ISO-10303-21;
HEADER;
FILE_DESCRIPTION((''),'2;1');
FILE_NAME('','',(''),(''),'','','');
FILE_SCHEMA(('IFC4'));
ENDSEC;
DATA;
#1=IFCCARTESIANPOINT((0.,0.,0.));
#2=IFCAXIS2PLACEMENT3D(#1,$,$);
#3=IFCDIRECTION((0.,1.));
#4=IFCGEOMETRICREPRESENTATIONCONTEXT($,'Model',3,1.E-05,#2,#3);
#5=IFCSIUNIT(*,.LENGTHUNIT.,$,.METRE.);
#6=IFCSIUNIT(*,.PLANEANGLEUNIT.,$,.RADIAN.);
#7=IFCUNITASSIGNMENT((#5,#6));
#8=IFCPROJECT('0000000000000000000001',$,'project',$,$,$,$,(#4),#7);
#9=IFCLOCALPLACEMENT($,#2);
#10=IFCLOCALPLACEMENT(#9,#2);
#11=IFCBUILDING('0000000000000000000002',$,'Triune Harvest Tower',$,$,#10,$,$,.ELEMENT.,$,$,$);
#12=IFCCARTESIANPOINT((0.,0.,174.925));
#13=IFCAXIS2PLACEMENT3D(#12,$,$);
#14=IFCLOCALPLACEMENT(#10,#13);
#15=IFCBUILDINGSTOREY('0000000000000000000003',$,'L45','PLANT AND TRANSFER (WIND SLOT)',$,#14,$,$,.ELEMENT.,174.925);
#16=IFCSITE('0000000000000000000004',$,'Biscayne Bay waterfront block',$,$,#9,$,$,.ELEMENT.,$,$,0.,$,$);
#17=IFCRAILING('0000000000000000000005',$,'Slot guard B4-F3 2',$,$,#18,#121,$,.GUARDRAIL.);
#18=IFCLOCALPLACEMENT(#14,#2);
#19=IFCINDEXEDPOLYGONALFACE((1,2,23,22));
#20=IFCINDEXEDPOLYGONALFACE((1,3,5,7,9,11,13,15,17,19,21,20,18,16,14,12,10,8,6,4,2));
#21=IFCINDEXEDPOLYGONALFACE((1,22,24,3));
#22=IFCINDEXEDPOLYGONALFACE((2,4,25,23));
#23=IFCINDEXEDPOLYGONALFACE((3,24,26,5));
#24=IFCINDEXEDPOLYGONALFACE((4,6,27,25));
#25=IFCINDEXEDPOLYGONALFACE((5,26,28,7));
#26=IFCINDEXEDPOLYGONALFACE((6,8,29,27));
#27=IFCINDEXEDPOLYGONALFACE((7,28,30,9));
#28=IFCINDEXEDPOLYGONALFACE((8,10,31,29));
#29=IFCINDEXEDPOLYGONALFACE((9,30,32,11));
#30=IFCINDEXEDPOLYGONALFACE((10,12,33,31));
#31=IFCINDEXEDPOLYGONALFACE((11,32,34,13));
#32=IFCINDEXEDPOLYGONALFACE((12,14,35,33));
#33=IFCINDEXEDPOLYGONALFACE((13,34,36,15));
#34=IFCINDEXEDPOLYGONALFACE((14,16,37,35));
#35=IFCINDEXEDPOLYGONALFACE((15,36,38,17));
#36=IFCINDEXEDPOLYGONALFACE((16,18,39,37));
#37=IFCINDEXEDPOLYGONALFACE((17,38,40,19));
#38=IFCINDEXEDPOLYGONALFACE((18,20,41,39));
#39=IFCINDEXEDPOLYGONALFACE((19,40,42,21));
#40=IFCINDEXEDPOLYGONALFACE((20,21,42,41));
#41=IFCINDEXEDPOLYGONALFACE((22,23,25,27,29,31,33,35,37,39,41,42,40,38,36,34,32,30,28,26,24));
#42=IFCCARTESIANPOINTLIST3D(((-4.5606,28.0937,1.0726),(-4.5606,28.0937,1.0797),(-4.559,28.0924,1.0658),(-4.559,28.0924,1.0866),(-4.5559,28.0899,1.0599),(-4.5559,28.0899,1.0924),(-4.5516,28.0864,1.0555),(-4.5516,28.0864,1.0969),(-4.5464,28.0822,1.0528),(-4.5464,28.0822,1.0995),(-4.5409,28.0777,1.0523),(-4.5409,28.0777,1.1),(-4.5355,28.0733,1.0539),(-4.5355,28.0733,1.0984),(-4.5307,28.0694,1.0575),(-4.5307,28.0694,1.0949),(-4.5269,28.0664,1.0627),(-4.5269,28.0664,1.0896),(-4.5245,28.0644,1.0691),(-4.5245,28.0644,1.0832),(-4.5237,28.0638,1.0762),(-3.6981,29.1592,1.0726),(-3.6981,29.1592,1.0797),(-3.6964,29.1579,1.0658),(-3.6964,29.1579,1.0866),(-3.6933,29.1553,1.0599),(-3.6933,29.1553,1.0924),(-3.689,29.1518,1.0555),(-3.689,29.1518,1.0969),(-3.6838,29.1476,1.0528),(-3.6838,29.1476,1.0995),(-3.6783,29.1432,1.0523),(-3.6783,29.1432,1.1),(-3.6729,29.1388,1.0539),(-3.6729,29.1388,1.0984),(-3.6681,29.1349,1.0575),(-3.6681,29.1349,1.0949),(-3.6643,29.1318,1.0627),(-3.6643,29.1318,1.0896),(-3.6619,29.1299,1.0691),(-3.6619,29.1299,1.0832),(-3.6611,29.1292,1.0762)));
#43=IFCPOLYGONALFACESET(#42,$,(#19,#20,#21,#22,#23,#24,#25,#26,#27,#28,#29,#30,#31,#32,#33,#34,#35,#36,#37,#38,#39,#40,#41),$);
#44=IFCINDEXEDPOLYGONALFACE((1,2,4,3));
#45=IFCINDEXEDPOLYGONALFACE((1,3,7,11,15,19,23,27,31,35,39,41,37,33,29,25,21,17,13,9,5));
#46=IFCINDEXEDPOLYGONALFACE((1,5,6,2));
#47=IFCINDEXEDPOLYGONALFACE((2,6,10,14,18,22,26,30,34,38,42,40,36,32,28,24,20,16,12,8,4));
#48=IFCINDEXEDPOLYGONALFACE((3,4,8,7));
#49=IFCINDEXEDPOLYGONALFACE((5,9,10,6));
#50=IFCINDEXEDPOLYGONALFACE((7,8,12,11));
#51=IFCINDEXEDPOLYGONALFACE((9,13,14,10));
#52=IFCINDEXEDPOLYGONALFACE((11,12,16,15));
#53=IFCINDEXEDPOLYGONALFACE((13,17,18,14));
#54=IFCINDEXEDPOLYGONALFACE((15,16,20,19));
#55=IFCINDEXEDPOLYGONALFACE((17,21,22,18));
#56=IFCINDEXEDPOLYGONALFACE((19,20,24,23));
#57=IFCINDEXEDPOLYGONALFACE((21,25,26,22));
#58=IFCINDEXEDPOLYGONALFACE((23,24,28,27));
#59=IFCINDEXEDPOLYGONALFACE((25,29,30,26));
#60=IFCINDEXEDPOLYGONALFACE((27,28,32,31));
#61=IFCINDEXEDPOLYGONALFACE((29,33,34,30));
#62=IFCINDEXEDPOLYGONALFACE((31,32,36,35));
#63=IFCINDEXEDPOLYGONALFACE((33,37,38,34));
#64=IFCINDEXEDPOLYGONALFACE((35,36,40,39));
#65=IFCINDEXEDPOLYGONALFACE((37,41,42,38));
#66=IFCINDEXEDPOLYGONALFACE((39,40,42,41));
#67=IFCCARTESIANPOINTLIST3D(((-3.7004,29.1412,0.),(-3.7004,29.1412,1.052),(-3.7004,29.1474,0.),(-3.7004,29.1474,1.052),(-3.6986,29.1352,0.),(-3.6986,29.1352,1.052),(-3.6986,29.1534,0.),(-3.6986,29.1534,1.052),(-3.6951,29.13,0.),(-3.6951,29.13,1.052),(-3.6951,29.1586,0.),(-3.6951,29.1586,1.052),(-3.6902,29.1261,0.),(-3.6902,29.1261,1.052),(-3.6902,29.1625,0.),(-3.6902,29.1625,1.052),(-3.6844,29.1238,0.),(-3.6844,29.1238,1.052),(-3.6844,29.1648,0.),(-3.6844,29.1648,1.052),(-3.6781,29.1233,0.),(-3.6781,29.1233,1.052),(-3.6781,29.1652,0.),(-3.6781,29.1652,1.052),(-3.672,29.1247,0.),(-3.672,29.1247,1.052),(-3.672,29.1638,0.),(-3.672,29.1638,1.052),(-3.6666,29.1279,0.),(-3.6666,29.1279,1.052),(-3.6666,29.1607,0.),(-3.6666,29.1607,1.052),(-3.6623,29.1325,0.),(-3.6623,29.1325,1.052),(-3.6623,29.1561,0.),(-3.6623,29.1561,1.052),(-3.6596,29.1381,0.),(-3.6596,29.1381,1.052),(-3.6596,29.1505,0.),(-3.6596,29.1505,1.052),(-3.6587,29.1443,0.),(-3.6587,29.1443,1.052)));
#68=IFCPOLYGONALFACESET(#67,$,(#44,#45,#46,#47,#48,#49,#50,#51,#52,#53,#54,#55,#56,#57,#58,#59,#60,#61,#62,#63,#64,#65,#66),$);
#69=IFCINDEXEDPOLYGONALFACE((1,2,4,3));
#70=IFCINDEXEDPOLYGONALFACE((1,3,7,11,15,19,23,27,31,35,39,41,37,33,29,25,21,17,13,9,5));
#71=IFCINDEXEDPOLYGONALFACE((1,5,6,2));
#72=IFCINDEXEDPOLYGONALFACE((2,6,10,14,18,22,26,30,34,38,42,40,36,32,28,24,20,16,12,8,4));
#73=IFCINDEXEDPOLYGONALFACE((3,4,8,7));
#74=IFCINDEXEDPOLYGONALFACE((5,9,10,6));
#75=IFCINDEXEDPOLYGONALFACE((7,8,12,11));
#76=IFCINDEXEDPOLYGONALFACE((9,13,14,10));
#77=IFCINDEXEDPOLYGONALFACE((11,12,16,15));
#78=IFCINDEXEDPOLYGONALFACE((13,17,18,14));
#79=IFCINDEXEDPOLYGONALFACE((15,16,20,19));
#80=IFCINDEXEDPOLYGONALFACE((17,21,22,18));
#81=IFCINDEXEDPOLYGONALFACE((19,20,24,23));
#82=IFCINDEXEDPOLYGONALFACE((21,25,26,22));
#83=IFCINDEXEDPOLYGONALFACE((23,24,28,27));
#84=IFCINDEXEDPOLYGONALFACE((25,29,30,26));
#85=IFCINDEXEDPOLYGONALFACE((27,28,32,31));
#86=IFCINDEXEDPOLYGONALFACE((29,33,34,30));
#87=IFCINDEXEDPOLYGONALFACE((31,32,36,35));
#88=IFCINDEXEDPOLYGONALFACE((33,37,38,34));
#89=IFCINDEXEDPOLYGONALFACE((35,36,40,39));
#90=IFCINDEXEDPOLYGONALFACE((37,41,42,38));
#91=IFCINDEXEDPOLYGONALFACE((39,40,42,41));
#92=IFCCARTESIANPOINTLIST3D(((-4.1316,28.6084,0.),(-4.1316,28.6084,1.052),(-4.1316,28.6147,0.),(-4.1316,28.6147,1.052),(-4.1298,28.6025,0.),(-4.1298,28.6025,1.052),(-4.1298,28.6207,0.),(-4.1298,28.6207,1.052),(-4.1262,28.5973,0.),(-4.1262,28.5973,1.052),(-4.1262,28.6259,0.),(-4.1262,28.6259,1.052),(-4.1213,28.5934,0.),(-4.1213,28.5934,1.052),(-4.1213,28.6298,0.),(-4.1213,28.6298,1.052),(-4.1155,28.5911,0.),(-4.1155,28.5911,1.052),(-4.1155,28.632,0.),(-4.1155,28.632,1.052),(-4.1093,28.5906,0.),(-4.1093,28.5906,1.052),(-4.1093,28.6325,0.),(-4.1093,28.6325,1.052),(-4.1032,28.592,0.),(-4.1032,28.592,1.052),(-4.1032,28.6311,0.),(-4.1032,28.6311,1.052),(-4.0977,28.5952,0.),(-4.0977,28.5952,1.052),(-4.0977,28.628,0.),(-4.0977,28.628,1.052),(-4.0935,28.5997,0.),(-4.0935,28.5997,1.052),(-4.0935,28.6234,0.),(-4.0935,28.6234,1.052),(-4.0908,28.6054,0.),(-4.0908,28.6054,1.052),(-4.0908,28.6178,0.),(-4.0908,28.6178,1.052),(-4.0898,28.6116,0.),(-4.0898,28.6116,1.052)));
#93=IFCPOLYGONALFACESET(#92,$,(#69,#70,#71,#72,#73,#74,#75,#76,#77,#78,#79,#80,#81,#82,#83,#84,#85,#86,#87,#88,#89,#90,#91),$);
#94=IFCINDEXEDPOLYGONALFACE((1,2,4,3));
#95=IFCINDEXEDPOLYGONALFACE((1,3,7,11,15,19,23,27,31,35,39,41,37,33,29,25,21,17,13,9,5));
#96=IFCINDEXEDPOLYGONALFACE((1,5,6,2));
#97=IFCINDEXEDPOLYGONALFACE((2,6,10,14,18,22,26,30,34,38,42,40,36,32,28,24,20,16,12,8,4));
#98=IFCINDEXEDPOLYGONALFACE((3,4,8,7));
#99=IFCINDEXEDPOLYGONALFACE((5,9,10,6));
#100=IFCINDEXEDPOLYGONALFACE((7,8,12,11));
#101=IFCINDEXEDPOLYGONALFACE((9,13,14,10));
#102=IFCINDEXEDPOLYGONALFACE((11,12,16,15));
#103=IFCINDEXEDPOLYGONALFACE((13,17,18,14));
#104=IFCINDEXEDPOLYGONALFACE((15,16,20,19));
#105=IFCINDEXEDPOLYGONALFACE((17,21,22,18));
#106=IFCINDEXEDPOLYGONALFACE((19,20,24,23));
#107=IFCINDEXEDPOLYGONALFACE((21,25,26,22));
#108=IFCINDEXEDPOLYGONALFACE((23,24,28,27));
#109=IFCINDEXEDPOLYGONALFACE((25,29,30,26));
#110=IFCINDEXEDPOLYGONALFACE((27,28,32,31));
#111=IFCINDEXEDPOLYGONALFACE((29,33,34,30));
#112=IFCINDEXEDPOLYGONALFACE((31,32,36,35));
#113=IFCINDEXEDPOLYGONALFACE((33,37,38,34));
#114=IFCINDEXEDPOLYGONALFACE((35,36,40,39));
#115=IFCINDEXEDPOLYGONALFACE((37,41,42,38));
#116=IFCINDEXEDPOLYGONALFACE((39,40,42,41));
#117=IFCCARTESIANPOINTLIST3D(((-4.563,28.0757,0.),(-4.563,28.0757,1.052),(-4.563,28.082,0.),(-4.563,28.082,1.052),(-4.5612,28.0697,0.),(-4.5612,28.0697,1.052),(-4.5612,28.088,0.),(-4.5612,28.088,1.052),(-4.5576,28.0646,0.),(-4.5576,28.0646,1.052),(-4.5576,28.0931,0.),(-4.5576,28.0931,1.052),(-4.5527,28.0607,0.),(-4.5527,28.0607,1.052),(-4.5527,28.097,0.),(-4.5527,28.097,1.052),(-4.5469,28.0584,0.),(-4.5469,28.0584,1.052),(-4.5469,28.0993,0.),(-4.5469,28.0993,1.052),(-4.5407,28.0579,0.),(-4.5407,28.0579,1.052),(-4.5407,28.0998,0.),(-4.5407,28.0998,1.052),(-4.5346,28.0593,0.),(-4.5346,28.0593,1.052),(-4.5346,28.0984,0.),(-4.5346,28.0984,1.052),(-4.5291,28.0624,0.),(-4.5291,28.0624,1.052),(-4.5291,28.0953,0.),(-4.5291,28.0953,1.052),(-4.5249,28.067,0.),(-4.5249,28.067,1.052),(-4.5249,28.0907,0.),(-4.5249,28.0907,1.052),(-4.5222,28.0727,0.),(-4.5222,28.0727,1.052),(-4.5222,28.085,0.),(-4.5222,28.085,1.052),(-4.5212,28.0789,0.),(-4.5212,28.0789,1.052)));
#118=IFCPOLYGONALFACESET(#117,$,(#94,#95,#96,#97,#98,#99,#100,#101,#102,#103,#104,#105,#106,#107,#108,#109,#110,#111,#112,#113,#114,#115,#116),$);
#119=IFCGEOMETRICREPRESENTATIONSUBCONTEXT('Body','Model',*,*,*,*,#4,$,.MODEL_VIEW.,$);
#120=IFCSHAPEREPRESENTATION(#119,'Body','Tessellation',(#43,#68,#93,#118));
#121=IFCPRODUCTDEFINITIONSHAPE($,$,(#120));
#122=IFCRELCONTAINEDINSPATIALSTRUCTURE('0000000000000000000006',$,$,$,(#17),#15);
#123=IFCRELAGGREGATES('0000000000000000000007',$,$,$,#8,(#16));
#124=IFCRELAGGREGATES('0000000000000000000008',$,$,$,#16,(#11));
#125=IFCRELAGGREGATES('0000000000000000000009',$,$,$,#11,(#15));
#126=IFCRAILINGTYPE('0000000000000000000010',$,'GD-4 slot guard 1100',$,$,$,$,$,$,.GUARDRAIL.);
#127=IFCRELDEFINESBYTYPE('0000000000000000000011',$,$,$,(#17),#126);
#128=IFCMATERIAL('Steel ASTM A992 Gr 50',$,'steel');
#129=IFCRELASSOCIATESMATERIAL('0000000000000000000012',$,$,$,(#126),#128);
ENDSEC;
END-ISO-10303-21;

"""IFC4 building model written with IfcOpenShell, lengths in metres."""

from ifc_helpers import new_model, si_unit, direction, frame, origin, origin_2d, place, context, subcontext, project, spatial, circle, extrude, material, type_object, element, save


model = new_model("IFC4")

# Units and contexts
model_context = context("Model", 3, precision=1e-05, world=origin(), true_north=direction((0.0, 1.0)))
body_context = subcontext(model_context, "Body", "Model", "MODEL_VIEW")
ifc_project = project(units=[si_unit("LENGTHUNIT", "METRE"), si_unit("PLANEANGLEUNIT", "RADIAN")], contexts=[model_context])

# Site, building, storey
site_placement = place(None, origin())
site = spatial("IfcSite", under=ifc_project, at=site_placement, Name="Biscayne Bay waterfront block", CompositionType="ELEMENT", RefElevation=0.0)
building_placement = place(site_placement, origin())
building = spatial("IfcBuilding", under=site, at=building_placement, Name="Triune Harvest Tower", CompositionType="ELEMENT")
storey_placement = place(building_placement, frame((0.0, 0.0, 174.925)))
storey = spatial("IfcBuildingStorey", under=building, at=storey_placement, Name="L45", Description="PLANT AND TRANSFER (WIND SLOT)", CompositionType="ELEMENT", Elevation=174.925)

# Railing
ifc_material_1 = material(Name="Steel ASTM A992 Gr 50", Category="steel")
railing_type = type_object("IfcRailingType", Name="GD-4 slot guard 1100", PredefinedType="GUARDRAIL", material=ifc_material_1)
railing_1_placement = place(storey_placement, frame((-3.6797, 29.1443, 0.0)))
element("IfcRailing", 1, at=railing_1_placement, inside=storey, type_object=railing_type, Name="Slot guard B4-F3 2", PredefinedType="GUARDRAIL", context=body_context, shape_type="SweptSolid", body=[
    extrude(circle(Radius=0.0239, at=origin_2d()), frame((0.0, 0.0, 1.0762), z_axis=(-0.629224, -0.777224, 0.0), x_axis=(0.777224, -0.629224, 0.0)), (0.0, 0.0, 1.0), 1.3708),
    extrude(circle(Radius=0.021, at=origin_2d()), origin(), (0.0, 0.0, 1.0), 1.052),
    extrude(circle(Radius=0.021, at=origin_2d()), frame((-0.4312, -0.5327, 0.0)), (0.0, 0.0, 1.0), 1.052),
    extrude(circle(Radius=0.021, at=origin_2d()), frame((-0.8625, -1.0654, 0.0)), (0.0, 0.0, 1.0), 1.052),
])

save(model, "model.ifc")
